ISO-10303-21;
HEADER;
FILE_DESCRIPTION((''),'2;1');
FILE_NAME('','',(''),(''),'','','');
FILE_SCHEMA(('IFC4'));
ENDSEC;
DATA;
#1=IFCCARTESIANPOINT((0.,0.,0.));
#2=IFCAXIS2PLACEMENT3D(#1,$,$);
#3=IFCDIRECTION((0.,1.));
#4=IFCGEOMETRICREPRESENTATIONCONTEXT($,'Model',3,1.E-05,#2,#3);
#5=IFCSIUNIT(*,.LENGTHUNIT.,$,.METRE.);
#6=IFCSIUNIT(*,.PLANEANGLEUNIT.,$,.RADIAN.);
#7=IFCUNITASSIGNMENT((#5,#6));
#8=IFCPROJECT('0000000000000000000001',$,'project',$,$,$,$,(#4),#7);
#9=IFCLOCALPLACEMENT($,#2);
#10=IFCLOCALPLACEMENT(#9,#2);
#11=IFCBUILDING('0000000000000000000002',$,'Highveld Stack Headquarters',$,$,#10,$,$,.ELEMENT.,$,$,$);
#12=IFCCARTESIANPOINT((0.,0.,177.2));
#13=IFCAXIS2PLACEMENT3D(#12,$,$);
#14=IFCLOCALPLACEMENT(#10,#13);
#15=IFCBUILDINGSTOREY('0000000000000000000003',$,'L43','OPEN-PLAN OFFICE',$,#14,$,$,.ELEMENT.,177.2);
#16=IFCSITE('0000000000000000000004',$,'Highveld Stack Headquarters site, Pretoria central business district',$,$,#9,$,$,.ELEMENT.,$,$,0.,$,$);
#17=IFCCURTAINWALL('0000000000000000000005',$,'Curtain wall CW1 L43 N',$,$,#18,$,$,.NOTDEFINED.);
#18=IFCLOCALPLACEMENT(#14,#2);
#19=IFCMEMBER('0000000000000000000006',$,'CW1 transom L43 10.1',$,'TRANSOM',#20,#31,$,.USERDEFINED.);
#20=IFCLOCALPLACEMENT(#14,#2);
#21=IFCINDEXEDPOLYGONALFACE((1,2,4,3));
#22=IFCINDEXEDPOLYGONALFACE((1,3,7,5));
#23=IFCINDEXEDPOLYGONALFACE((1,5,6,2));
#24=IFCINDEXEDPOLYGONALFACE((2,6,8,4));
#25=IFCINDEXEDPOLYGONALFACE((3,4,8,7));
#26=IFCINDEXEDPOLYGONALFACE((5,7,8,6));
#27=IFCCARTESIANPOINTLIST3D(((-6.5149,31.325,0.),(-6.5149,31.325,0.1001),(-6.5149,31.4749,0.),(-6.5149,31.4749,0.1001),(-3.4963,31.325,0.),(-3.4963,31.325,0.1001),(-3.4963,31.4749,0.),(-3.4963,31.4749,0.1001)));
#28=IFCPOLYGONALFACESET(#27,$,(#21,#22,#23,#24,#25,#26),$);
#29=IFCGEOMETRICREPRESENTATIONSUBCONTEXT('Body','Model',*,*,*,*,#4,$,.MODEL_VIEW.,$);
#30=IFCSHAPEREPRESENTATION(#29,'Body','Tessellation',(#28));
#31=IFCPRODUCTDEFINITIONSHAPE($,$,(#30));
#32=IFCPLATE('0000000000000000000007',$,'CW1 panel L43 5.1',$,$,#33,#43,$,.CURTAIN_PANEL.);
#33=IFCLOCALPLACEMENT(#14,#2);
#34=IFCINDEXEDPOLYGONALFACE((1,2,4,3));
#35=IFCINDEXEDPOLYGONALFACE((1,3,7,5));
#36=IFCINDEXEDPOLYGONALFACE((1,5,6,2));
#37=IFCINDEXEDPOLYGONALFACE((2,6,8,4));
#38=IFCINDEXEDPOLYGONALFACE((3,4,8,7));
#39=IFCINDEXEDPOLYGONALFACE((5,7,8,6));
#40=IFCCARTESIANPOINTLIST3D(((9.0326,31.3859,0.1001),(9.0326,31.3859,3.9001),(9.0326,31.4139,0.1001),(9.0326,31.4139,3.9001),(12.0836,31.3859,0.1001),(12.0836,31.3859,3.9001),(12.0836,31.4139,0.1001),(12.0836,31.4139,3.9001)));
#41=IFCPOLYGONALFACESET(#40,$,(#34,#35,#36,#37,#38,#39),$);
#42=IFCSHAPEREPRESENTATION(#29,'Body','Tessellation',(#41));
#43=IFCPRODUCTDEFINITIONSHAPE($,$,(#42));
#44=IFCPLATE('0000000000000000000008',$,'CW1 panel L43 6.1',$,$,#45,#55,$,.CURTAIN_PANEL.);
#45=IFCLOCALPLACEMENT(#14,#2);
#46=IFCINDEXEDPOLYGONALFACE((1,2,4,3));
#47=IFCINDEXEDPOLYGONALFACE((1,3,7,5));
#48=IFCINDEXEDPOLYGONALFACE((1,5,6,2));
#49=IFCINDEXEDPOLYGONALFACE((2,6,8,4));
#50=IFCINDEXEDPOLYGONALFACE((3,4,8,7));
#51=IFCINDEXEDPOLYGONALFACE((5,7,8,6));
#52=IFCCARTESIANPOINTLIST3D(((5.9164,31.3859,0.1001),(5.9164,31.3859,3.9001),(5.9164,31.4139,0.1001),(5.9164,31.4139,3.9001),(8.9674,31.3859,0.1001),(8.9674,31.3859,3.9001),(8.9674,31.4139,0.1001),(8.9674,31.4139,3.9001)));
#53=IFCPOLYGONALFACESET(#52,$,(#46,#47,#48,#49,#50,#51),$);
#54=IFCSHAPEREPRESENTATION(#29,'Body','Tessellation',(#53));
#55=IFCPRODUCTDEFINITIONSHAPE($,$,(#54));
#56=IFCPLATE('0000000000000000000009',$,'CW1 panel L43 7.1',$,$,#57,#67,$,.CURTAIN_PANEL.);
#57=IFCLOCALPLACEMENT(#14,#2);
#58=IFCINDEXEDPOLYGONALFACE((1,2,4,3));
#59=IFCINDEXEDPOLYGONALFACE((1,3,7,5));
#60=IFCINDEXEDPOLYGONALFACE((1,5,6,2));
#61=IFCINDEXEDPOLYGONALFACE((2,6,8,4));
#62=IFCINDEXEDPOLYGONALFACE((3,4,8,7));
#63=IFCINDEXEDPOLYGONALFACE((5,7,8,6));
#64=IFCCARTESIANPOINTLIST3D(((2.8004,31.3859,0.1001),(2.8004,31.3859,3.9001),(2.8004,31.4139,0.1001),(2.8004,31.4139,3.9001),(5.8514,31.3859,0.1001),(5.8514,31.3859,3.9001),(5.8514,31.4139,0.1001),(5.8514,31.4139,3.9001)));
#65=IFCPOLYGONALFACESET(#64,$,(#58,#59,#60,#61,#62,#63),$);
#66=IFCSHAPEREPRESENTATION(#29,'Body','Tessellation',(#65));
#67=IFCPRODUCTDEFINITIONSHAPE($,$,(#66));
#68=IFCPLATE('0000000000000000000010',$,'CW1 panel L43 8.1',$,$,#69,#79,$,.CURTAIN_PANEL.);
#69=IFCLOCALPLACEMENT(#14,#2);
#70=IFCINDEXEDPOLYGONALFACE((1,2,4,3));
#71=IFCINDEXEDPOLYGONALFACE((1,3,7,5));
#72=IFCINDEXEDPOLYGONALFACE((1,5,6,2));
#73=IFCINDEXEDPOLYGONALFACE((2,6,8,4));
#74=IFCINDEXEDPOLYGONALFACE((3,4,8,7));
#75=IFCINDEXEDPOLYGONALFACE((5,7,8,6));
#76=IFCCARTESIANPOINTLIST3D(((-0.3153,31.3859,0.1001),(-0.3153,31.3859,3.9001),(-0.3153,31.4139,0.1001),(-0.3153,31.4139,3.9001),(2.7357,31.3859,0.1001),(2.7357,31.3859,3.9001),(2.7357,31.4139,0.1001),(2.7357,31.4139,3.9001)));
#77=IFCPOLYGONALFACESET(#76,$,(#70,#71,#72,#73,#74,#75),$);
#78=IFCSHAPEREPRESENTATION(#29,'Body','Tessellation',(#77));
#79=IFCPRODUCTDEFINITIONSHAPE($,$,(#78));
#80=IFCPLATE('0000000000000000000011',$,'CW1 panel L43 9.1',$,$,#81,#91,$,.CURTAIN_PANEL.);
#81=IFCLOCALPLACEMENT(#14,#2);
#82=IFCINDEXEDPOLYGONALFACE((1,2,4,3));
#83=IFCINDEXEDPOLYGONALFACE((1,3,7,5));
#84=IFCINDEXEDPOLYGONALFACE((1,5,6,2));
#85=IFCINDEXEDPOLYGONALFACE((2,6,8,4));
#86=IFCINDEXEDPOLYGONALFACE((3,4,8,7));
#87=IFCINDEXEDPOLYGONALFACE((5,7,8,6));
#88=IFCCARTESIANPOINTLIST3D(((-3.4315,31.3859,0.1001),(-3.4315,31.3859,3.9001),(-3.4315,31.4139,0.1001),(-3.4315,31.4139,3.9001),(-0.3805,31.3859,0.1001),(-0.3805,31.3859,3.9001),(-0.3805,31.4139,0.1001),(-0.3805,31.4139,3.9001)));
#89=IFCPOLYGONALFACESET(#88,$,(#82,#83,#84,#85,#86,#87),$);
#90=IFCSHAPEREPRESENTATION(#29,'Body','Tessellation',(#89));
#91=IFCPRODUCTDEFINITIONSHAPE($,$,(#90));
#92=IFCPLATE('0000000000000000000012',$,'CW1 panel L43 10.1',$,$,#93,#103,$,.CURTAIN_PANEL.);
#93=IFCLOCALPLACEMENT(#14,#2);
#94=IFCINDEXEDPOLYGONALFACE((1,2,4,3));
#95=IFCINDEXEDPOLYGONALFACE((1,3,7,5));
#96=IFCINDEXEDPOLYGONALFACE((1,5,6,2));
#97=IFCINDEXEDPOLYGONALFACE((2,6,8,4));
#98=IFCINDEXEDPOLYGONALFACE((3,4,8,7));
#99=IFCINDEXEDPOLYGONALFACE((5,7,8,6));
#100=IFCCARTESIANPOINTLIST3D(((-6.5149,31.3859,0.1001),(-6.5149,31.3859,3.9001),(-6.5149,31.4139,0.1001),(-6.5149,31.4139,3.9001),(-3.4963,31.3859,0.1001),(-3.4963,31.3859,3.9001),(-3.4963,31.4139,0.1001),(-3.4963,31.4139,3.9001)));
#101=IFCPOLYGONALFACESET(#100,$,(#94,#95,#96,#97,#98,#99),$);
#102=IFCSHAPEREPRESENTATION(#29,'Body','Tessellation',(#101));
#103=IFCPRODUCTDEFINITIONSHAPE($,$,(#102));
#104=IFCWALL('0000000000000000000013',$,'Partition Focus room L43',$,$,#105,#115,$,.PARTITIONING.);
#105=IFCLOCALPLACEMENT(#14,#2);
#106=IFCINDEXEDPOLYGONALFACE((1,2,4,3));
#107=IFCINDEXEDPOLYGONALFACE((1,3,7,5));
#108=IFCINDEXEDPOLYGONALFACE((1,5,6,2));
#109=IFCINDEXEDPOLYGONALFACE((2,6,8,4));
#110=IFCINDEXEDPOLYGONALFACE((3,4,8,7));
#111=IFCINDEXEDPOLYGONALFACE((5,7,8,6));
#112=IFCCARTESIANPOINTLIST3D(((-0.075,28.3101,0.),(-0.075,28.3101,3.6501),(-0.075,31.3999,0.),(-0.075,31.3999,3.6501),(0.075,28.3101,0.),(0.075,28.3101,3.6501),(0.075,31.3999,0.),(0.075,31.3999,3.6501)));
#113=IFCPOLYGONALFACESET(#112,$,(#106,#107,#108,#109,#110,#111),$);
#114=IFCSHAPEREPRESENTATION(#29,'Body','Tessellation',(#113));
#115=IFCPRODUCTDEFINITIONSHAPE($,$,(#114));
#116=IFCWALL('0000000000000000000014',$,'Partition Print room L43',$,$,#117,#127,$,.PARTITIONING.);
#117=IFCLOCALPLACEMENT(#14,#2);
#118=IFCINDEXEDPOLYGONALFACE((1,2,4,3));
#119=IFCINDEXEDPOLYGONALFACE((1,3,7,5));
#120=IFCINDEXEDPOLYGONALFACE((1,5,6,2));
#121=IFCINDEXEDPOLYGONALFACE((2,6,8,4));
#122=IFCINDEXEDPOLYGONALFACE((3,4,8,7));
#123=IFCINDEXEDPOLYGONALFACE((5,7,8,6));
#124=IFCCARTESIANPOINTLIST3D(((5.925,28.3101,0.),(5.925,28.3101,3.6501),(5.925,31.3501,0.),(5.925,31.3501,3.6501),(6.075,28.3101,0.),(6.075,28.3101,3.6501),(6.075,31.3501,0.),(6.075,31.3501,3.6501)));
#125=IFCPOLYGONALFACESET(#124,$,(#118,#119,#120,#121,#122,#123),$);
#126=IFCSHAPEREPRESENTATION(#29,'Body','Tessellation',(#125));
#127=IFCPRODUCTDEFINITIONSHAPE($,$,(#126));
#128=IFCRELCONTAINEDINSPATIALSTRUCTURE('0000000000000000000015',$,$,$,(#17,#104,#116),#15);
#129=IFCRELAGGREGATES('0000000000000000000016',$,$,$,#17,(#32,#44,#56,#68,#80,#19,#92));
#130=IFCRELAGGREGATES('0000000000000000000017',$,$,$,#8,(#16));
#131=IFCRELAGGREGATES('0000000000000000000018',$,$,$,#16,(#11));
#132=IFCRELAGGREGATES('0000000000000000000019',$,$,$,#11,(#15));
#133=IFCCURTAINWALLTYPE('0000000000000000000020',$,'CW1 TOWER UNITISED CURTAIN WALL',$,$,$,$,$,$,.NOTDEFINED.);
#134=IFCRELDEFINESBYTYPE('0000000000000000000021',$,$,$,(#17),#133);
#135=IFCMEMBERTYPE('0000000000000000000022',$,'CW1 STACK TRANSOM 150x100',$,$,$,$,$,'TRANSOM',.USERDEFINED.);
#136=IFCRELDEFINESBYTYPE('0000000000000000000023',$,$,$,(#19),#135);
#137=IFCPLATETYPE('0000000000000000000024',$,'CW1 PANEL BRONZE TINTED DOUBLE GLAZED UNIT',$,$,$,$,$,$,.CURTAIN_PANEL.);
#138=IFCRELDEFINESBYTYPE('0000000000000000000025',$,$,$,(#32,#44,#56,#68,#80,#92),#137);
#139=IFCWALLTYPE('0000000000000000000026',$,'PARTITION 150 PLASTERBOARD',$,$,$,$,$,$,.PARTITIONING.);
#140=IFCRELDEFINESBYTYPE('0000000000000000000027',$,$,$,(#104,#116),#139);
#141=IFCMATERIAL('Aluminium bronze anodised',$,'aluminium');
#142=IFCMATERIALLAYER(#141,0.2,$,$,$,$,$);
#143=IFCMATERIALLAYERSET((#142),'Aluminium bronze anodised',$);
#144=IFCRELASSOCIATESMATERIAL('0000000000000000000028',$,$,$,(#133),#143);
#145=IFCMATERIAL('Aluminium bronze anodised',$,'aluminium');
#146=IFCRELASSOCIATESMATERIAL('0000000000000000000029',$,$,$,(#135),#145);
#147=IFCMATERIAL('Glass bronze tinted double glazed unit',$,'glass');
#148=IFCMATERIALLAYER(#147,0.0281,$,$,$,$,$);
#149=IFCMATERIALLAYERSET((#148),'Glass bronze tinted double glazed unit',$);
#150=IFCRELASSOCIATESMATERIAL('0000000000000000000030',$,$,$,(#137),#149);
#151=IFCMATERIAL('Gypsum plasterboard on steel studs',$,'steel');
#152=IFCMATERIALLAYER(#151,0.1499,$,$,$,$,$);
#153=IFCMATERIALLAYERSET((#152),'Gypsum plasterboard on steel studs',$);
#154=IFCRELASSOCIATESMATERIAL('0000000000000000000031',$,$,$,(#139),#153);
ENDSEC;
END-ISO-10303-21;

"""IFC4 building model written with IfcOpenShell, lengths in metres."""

from ifc_helpers import new_model, si_unit, direction, frame, frame_2d, origin, origin_2d, place, context, subcontext, project, spatial, rectangle, extrude, material, layer, layer_set, material_profile, profile_set, type_object, element, aggregate, save


model = new_model("IFC4")

# Units and contexts
model_context = context("Model", 3, precision=1e-05, world=origin(), true_north=direction((0.0, 1.0)))
body_context = subcontext(model_context, "Body", "Model", "MODEL_VIEW")
ifc_project = project(units=[si_unit("LENGTHUNIT", "METRE"), si_unit("PLANEANGLEUNIT", "RADIAN")], contexts=[model_context])

# Site, building, storey
site_placement = place(None, origin())
site = spatial("IfcSite", under=ifc_project, at=site_placement, Name="Highveld Stack Headquarters site, Pretoria central business district", CompositionType="ELEMENT", RefElevation=0.0)
building_placement = place(site_placement, origin())
building = spatial("IfcBuilding", under=site, at=building_placement, Name="Highveld Stack Headquarters", CompositionType="ELEMENT")
storey_placement = place(building_placement, frame((0.0, 0.0, 177.2)))
storey = spatial("IfcBuildingStorey", under=building, at=storey_placement, Name="L43", Description="OPEN-PLAN OFFICE", CompositionType="ELEMENT", Elevation=177.2)

# Curtain wall, member, plates
ifc_material_1 = material(Name="Aluminium bronze anodised", Category="aluminium")
ifc_layer_1 = layer(ifc_material_1, 0.2)
ifc_layer_set_1 = layer_set([ifc_layer_1], Name="Aluminium bronze anodised")
curtain_wall_type = type_object("IfcCurtainWallType", Name="CW1 TOWER UNITISED CURTAIN WALL", PredefinedType="NOTDEFINED", material=ifc_layer_set_1)
curtain_wall_placement = place(storey_placement, origin())
curtain_wall = element("IfcCurtainWall", 1, at=curtain_wall_placement, inside=storey, type_object=curtain_wall_type, Name="Curtain wall CW1 L43 N", PredefinedType="NOTDEFINED")
ifc_material_2 = material(Name="Aluminium bronze anodised", Category="aluminium")
ifc_material_profile_1 = material_profile(ifc_material_2, rectangle(XDim=0.1499, YDim=0.1001, at=origin_2d()), Name="CW1 TRANSOM 150x100")
ifc_profile_set_1 = profile_set([ifc_material_profile_1], Name="Aluminium bronze anodised")
member_type_1 = type_object("IfcMemberType", Name="CW1 STACK TRANSOM 150x100", ElementType="TRANSOM", PredefinedType="USERDEFINED", material=ifc_profile_set_1)
member_1_placement = place(storey_placement, frame((-3.4963, 31.3999, 0.05), z_axis=(-1.0, 0.0, 0.0), x_axis=(0.0, -1.0, 0.0)))
member_1 = element("IfcMember", 2, at=member_1_placement, type_object=member_type_1, Name="CW1 transom L43 10.1", ObjectType="TRANSOM", PredefinedType="USERDEFINED", context=body_context, shape_type="SweptSolid", body=[
    extrude(rectangle(XDim=0.1499, YDim=0.1001, at=origin_2d()), origin(), (0.0, 0.0, 1.0), 3.0186),
])
ifc_material_3 = material(Name="Glass bronze tinted double glazed unit", Category="glass")
ifc_layer_2 = layer(ifc_material_3, 0.0281)
ifc_layer_set_2 = layer_set([ifc_layer_2], Name="Glass bronze tinted double glazed unit")
plate_type = type_object("IfcPlateType", Name="CW1 PANEL BRONZE TINTED DOUBLE GLAZED UNIT", PredefinedType="CURTAIN_PANEL", material=ifc_layer_set_2)
plate_1_placement = place(storey_placement, frame((10.5581, 31.3999, 0.1001), z_axis=(0.0, 0.0, 1.0), x_axis=(-1.0, 0.0, 0.0)))
plate_1 = element("IfcPlate", 3, at=plate_1_placement, type_object=plate_type, Name="CW1 panel L43 5.1", PredefinedType="CURTAIN_PANEL", context=body_context, shape_type="SweptSolid", body=[
    extrude(rectangle(XDim=3.051, YDim=0.0281, at=origin_2d()), origin(), (0.0, 0.0, 1.0), 3.8),
])
plate_2_placement = place(storey_placement, frame((7.4419, 31.3999, 0.1001), z_axis=(0.0, 0.0, 1.0), x_axis=(-1.0, 0.0, 0.0)))
plate_2 = element("IfcPlate", 4, at=plate_2_placement, type_object=plate_type, Name="CW1 panel L43 6.1", PredefinedType="CURTAIN_PANEL", context=body_context, shape_type="SweptSolid", body=[
    extrude(rectangle(XDim=3.051, YDim=0.0281, at=origin_2d()), origin(), (0.0, 0.0, 1.0), 3.8),
])
plate_3_placement = place(storey_placement, frame((4.3259, 31.3999, 0.1001), z_axis=(0.0, 0.0, 1.0), x_axis=(-1.0, 0.0, 0.0)))
plate_3 = element("IfcPlate", 5, at=plate_3_placement, type_object=plate_type, Name="CW1 panel L43 7.1", PredefinedType="CURTAIN_PANEL", context=body_context, shape_type="SweptSolid", body=[
    extrude(rectangle(XDim=3.051, YDim=0.0281, at=origin_2d()), origin(), (0.0, 0.0, 1.0), 3.8),
])
plate_4_placement = place(storey_placement, frame((1.2102, 31.3999, 0.1001), z_axis=(0.0, 0.0, 1.0), x_axis=(-1.0, 0.0, 0.0)))
plate_4 = element("IfcPlate", 6, at=plate_4_placement, type_object=plate_type, Name="CW1 panel L43 8.1", PredefinedType="CURTAIN_PANEL", context=body_context, shape_type="SweptSolid", body=[
    extrude(rectangle(XDim=3.051, YDim=0.0281, at=origin_2d()), origin(), (0.0, 0.0, 1.0), 3.8),
])
plate_5_placement = place(storey_placement, frame((-1.906, 31.3999, 0.1001), z_axis=(0.0, 0.0, 1.0), x_axis=(-1.0, 0.0, 0.0)))
plate_5 = element("IfcPlate", 7, at=plate_5_placement, type_object=plate_type, Name="CW1 panel L43 9.1", PredefinedType="CURTAIN_PANEL", context=body_context, shape_type="SweptSolid", body=[
    extrude(rectangle(XDim=3.051, YDim=0.0281, at=origin_2d()), origin(), (0.0, 0.0, 1.0), 3.8),
])
plate_6_placement = place(storey_placement, frame((-5.0056, 31.3999, 0.1001), z_axis=(0.0, 0.0, 1.0), x_axis=(-1.0, 0.0, 0.0)))
plate_6 = element("IfcPlate", 8, at=plate_6_placement, type_object=plate_type, Name="CW1 panel L43 10.1", PredefinedType="CURTAIN_PANEL", context=body_context, shape_type="SweptSolid", body=[
    extrude(rectangle(XDim=3.0186, YDim=0.0281, at=origin_2d()), origin(), (0.0, 0.0, 1.0), 3.8),
])
aggregate(curtain_wall, [plate_1, plate_2, plate_3, plate_4, plate_5, member_1, plate_6])

# Walls
ifc_material_4 = material(Name="Gypsum plasterboard on steel studs", Category="steel")
ifc_layer_3 = layer(ifc_material_4, 0.1499)
ifc_layer_set_3 = layer_set([ifc_layer_3], Name="Gypsum plasterboard on steel studs")
wall_type = type_object("IfcWallType", Name="PARTITION 150 PLASTERBOARD", PredefinedType="PARTITIONING", material=ifc_layer_set_3)
wall_1_placement = place(storey_placement, frame((0.0, 28.3101, 0.0), z_axis=(0.0, 0.0, 1.0), x_axis=(0.0, 1.0, 0.0)))
element("IfcWall", 9, at=wall_1_placement, inside=storey, type_object=wall_type, Name="Partition Focus room L43", PredefinedType="PARTITIONING", context=body_context, shape_type="SweptSolid", body=[
    extrude(rectangle(XDim=3.0898, YDim=0.1499, at=frame_2d((1.5449, 0.0))), origin(), (0.0, 0.0, 1.0), 3.6501),
])
wall_2_placement = place(storey_placement, frame((6.0, 28.3101, 0.0), z_axis=(0.0, 0.0, 1.0), x_axis=(0.0, 1.0, 0.0)))
element("IfcWall", 10, at=wall_2_placement, inside=storey, type_object=wall_type, Name="Partition Print room L43", PredefinedType="PARTITIONING", context=body_context, shape_type="SweptSolid", body=[
    extrude(rectangle(XDim=3.04, YDim=0.1499, at=frame_2d((1.52, 0.0))), origin(), (0.0, 0.0, 1.0), 3.6501),
])

save(model, "model.ifc")
